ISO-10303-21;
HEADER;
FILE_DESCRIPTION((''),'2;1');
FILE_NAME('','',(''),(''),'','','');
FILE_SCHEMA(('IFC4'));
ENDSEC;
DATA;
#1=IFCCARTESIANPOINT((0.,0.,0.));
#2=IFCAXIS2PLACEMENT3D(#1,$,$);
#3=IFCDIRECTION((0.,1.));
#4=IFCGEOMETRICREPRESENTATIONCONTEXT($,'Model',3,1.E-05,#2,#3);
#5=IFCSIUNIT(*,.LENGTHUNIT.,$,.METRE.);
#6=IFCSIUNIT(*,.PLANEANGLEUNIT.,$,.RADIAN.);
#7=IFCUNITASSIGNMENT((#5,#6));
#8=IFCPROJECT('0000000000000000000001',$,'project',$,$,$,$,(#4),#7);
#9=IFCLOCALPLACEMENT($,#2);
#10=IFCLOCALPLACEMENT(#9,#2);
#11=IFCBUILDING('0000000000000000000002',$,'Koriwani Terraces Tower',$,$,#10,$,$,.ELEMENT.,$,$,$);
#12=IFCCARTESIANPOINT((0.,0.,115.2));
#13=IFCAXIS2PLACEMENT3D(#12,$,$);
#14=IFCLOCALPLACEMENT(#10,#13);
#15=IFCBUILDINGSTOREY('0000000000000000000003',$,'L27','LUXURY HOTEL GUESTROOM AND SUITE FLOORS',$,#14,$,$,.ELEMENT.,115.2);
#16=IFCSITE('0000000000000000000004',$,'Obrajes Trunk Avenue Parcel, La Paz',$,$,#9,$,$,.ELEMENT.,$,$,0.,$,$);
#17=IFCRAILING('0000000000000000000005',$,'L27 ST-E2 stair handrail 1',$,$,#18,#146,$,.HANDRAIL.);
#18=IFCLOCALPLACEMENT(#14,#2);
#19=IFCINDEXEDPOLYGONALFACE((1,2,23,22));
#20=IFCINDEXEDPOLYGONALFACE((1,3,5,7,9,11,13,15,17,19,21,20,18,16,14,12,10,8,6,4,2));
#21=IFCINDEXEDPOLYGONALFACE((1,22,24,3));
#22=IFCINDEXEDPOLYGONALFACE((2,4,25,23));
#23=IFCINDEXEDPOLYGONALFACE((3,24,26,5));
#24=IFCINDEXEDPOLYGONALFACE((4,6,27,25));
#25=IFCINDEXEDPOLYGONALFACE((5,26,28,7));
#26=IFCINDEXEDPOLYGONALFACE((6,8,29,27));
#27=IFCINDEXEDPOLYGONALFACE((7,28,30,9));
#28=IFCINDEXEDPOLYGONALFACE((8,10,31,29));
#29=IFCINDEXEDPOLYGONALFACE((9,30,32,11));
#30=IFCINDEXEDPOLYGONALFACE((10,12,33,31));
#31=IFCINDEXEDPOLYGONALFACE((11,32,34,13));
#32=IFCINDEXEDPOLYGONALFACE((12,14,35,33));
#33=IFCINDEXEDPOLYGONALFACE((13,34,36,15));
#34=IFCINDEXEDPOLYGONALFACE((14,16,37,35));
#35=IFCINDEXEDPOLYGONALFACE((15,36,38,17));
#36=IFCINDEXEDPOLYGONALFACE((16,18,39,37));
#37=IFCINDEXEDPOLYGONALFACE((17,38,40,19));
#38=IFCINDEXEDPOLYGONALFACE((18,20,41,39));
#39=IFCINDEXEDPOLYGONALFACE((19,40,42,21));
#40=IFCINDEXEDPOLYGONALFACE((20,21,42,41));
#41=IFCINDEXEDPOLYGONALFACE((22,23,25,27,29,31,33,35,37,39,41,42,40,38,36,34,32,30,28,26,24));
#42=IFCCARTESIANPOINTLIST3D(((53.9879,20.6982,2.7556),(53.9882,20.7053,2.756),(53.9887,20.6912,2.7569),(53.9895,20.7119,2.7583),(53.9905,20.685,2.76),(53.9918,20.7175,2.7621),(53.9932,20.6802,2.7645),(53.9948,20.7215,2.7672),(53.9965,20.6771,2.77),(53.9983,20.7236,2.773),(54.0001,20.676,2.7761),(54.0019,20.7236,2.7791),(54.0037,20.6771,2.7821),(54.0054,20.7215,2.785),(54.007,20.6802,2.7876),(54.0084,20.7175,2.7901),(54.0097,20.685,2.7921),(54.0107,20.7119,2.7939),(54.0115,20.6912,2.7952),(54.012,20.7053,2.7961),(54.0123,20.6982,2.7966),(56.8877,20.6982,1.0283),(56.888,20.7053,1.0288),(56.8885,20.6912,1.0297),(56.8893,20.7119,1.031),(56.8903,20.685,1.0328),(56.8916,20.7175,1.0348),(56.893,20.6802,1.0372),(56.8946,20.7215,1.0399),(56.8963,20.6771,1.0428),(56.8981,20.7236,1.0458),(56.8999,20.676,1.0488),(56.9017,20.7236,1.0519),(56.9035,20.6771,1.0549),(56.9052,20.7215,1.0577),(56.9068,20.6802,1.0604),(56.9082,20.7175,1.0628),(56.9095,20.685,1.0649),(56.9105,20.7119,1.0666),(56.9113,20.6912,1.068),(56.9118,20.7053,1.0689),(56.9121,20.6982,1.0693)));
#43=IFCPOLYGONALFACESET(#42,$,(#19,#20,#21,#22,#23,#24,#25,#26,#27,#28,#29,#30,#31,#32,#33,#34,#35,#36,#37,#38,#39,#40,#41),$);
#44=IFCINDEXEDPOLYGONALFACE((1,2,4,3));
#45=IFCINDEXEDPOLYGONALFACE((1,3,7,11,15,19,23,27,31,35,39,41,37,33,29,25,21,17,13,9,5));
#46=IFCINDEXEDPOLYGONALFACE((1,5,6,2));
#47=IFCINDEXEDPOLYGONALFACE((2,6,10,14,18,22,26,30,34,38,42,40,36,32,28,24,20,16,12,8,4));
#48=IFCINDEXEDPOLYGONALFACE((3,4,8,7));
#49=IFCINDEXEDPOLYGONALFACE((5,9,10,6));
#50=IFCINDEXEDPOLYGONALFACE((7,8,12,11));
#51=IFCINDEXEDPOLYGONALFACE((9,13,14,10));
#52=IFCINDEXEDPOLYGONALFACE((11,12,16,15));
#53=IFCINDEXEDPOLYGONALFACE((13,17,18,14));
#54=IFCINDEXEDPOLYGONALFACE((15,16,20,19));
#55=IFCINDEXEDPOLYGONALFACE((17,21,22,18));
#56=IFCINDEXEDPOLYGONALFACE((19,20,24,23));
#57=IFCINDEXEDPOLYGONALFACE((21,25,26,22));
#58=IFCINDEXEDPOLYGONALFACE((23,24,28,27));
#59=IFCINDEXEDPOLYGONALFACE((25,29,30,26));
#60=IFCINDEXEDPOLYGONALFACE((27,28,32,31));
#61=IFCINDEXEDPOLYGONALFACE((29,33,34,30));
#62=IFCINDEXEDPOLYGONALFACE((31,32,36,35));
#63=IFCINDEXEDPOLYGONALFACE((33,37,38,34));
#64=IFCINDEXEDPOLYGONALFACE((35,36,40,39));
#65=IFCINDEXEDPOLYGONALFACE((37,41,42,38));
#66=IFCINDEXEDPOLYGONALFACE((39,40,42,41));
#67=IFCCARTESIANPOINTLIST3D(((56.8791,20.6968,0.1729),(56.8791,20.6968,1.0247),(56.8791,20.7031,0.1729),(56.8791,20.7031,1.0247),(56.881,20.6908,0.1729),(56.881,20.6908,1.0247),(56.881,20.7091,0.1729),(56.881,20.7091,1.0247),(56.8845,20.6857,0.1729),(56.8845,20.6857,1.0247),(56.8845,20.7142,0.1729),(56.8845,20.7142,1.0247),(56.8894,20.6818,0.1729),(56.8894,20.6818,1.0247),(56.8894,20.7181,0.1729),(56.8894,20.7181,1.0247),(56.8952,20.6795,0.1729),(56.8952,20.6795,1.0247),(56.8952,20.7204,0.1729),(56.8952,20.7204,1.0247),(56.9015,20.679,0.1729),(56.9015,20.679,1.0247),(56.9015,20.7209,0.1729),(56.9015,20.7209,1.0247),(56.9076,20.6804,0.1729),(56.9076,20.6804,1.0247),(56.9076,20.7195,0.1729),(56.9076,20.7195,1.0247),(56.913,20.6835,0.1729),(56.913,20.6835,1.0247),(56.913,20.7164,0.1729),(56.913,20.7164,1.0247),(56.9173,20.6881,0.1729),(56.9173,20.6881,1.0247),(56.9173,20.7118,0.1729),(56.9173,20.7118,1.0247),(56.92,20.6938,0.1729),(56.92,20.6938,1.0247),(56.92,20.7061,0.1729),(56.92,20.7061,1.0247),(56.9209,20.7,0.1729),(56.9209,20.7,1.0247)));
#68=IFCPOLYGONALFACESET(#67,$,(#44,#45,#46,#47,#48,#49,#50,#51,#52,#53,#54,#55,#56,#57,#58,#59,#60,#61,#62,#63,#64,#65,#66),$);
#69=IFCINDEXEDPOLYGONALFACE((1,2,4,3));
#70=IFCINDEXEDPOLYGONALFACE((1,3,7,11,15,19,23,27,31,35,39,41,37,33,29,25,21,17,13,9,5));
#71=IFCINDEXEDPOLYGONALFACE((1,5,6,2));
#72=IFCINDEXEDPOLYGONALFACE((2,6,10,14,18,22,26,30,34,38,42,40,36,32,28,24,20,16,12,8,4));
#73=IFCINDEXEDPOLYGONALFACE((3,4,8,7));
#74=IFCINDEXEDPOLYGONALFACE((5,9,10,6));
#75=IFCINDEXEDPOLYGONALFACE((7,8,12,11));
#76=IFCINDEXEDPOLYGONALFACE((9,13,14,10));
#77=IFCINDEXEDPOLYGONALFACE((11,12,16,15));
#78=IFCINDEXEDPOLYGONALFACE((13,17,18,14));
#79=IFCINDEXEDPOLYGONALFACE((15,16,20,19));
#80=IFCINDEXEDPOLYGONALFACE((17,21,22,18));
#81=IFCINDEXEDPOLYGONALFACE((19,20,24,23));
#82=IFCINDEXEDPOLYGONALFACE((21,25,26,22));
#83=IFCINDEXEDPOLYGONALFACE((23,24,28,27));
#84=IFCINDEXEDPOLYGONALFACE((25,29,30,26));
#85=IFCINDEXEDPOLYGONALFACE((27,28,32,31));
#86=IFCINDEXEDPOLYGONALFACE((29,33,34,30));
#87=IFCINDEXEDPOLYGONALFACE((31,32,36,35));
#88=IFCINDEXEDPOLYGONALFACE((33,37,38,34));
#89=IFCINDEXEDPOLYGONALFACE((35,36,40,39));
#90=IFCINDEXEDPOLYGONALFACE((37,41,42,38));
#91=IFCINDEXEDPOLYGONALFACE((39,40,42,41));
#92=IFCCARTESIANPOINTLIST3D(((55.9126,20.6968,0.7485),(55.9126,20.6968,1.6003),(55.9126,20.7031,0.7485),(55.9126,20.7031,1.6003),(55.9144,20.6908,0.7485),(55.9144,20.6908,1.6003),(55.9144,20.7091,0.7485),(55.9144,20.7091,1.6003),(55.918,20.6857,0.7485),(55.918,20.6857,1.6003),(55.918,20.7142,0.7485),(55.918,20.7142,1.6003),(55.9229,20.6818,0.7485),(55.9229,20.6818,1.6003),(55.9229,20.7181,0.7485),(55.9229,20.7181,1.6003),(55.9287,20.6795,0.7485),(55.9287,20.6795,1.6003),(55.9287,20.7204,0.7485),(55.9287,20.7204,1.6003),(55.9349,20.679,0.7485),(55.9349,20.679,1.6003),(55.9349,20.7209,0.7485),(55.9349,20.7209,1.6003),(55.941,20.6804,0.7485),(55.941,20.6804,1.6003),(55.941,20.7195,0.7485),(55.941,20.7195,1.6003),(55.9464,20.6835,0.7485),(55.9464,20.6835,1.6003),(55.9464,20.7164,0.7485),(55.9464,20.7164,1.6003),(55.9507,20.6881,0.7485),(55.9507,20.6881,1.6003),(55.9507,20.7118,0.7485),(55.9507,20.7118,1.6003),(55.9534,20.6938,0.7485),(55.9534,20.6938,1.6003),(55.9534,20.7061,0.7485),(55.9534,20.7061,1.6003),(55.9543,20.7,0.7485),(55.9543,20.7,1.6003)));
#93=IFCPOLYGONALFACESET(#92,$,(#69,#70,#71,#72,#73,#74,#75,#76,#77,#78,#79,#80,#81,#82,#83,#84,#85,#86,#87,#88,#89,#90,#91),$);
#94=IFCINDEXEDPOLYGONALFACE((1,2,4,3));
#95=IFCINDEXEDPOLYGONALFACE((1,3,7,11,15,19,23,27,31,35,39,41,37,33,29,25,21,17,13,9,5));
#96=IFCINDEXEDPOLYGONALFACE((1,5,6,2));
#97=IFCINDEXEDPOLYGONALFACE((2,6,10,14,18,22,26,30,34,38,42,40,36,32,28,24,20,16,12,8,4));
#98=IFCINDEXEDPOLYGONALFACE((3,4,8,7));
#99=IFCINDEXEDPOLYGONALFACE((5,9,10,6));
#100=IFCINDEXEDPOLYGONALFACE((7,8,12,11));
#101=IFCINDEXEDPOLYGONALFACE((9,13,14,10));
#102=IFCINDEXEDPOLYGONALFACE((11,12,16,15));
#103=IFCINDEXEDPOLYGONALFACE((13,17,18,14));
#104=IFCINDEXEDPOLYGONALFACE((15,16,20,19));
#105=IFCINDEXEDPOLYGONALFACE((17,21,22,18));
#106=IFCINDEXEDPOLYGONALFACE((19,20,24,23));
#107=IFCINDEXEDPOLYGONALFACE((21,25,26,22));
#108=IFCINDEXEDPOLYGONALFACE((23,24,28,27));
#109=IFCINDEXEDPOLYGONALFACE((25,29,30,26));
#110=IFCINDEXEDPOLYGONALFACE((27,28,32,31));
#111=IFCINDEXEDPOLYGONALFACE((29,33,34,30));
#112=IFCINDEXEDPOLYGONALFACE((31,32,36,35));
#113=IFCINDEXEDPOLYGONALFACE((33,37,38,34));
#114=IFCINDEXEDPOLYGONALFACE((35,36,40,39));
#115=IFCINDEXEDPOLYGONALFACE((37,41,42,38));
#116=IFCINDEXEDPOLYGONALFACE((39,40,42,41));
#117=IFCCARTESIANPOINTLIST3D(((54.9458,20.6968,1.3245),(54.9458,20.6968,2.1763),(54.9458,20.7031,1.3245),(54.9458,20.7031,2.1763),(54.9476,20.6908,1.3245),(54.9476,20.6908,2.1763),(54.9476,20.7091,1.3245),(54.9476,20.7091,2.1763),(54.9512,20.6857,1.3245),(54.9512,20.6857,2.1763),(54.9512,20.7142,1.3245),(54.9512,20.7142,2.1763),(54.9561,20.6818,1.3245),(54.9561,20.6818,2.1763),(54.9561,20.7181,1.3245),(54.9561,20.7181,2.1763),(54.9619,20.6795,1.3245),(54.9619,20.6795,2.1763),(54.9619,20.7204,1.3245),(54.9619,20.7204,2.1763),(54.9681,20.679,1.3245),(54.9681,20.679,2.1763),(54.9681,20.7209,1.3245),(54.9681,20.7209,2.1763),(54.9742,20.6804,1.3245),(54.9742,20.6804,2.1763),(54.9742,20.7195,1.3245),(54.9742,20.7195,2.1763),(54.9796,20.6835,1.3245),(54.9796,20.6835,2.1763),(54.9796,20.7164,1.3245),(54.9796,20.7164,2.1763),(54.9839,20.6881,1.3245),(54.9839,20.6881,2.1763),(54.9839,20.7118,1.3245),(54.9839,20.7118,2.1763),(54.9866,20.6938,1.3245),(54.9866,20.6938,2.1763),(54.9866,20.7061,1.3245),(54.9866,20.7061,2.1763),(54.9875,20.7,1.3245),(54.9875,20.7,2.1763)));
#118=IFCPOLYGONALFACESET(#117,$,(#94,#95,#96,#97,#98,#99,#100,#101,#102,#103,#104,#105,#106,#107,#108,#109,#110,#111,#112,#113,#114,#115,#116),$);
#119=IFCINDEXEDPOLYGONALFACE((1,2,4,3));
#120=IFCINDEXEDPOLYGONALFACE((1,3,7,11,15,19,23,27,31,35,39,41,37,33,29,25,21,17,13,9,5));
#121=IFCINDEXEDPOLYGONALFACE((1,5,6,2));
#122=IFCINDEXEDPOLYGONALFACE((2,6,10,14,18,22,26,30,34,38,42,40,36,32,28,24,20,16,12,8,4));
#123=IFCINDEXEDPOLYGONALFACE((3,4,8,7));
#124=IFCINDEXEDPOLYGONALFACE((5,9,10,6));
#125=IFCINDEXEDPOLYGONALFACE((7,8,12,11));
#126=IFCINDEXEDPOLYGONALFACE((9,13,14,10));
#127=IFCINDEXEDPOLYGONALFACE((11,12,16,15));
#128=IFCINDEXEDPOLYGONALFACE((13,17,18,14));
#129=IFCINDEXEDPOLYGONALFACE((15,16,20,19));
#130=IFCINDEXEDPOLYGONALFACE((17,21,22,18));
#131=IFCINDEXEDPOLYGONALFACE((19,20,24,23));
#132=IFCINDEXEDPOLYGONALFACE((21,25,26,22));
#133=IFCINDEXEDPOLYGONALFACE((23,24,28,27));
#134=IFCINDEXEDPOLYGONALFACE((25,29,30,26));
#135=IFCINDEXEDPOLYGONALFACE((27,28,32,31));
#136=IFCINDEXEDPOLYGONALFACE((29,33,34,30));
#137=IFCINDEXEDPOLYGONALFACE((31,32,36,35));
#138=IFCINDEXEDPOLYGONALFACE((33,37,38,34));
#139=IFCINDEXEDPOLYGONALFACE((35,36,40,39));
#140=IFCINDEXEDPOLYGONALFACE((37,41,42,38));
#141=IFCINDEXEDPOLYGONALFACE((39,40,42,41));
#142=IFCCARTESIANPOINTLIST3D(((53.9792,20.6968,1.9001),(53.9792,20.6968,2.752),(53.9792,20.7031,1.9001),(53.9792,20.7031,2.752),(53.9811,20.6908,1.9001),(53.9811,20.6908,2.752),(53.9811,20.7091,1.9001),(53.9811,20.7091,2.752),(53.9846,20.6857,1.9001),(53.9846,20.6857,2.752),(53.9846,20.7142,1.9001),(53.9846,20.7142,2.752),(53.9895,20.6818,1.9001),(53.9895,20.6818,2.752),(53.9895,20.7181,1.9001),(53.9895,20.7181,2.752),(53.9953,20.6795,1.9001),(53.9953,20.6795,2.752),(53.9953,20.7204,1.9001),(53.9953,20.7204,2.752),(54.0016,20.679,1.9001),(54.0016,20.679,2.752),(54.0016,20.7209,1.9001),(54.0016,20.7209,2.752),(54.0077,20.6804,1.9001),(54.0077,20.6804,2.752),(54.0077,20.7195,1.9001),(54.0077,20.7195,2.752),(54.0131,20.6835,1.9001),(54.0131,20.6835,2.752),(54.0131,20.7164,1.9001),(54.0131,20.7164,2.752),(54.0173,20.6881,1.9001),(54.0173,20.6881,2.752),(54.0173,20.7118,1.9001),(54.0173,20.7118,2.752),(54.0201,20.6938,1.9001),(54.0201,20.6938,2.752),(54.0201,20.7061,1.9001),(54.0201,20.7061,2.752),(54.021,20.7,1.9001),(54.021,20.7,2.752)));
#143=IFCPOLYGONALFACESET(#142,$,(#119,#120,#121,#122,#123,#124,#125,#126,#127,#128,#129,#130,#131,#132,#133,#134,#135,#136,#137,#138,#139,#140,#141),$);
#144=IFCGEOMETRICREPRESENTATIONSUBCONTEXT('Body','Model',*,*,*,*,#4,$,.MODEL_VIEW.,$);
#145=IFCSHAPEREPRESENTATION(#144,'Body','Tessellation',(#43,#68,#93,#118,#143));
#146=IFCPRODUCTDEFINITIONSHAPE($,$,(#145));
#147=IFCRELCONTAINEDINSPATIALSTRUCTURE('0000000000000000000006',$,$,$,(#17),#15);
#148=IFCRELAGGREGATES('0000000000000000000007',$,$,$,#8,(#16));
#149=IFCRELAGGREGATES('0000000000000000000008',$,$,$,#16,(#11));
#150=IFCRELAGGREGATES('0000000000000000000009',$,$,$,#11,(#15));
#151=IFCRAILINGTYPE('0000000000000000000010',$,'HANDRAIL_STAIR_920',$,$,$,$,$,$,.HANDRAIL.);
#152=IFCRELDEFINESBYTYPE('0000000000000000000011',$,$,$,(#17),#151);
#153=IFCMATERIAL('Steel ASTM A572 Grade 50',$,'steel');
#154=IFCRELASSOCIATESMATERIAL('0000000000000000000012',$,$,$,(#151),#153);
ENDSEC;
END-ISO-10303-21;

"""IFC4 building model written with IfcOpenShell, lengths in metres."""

from ifc_helpers import new_model, si_unit, direction, frame, origin, origin_2d, place, context, subcontext, project, spatial, circle, extrude, material, type_object, element, save


model = new_model("IFC4")

# Units and contexts
model_context = context("Model", 3, precision=1e-05, world=origin(), true_north=direction((0.0, 1.0)))
body_context = subcontext(model_context, "Body", "Model", "MODEL_VIEW")
ifc_project = project(units=[si_unit("LENGTHUNIT", "METRE"), si_unit("PLANEANGLEUNIT", "RADIAN")], contexts=[model_context])

# Site, building, storey
site_placement = place(None, origin())
site = spatial("IfcSite", under=ifc_project, at=site_placement, Name="Obrajes Trunk Avenue Parcel, La Paz", CompositionType="ELEMENT", RefElevation=0.0)
building_placement = place(site_placement, origin())
building = spatial("IfcBuilding", under=site, at=building_placement, Name="Koriwani Terraces Tower", CompositionType="ELEMENT")
storey_placement = place(building_placement, frame((0.0, 0.0, 115.2)))
storey = spatial("IfcBuildingStorey", under=building, at=storey_placement, Name="L27", Description="LUXURY HOTEL GUESTROOM AND SUITE FLOORS", CompositionType="ELEMENT", Elevation=115.2)

# Shared definitions
ifc_material_1 = material(Name="Steel ASTM A572 Grade 50", Category="steel")

# Railing
railing_type_1 = type_object("IfcRailingType", Name="HANDRAIL_STAIR_920", PredefinedType="HANDRAIL", material=ifc_material_1)
railing_1_placement = place(storey_placement, frame((56.8999, 20.7, 0.1729)))
element("IfcRailing", 1, at=railing_1_placement, inside=storey, type_object=railing_type_1, Name="L27 ST-E2 stair handrail 1", PredefinedType="HANDRAIL", context=body_context, shape_type="SweptSolid", body=[
    extrude(circle(Radius=0.0239, at=origin_2d()), frame((0.0, 0.0, 0.876), z_axis=(-0.859141, 0.0, 0.511738), x_axis=(0.0, -1.0, 0.0)), (0.0, 0.0, 1.0), 3.3752),
    extrude(circle(Radius=0.021, at=origin_2d()), origin(), (0.0, 0.0, 1.0), 0.8518),
    extrude(circle(Radius=0.021, at=origin_2d()), frame((-0.9666, 0.0, 0.5757)), (0.0, 0.0, 1.0), 0.8518),
    extrude(circle(Radius=0.021, at=origin_2d()), frame((-1.9333, 0.0, 1.1516)), (0.0, 0.0, 1.0), 0.8518),
    extrude(circle(Radius=0.021, at=origin_2d()), frame((-2.8999, 0.0, 1.7273)), (0.0, 0.0, 1.0), 0.8518),
])

save(model, "model.ifc")
